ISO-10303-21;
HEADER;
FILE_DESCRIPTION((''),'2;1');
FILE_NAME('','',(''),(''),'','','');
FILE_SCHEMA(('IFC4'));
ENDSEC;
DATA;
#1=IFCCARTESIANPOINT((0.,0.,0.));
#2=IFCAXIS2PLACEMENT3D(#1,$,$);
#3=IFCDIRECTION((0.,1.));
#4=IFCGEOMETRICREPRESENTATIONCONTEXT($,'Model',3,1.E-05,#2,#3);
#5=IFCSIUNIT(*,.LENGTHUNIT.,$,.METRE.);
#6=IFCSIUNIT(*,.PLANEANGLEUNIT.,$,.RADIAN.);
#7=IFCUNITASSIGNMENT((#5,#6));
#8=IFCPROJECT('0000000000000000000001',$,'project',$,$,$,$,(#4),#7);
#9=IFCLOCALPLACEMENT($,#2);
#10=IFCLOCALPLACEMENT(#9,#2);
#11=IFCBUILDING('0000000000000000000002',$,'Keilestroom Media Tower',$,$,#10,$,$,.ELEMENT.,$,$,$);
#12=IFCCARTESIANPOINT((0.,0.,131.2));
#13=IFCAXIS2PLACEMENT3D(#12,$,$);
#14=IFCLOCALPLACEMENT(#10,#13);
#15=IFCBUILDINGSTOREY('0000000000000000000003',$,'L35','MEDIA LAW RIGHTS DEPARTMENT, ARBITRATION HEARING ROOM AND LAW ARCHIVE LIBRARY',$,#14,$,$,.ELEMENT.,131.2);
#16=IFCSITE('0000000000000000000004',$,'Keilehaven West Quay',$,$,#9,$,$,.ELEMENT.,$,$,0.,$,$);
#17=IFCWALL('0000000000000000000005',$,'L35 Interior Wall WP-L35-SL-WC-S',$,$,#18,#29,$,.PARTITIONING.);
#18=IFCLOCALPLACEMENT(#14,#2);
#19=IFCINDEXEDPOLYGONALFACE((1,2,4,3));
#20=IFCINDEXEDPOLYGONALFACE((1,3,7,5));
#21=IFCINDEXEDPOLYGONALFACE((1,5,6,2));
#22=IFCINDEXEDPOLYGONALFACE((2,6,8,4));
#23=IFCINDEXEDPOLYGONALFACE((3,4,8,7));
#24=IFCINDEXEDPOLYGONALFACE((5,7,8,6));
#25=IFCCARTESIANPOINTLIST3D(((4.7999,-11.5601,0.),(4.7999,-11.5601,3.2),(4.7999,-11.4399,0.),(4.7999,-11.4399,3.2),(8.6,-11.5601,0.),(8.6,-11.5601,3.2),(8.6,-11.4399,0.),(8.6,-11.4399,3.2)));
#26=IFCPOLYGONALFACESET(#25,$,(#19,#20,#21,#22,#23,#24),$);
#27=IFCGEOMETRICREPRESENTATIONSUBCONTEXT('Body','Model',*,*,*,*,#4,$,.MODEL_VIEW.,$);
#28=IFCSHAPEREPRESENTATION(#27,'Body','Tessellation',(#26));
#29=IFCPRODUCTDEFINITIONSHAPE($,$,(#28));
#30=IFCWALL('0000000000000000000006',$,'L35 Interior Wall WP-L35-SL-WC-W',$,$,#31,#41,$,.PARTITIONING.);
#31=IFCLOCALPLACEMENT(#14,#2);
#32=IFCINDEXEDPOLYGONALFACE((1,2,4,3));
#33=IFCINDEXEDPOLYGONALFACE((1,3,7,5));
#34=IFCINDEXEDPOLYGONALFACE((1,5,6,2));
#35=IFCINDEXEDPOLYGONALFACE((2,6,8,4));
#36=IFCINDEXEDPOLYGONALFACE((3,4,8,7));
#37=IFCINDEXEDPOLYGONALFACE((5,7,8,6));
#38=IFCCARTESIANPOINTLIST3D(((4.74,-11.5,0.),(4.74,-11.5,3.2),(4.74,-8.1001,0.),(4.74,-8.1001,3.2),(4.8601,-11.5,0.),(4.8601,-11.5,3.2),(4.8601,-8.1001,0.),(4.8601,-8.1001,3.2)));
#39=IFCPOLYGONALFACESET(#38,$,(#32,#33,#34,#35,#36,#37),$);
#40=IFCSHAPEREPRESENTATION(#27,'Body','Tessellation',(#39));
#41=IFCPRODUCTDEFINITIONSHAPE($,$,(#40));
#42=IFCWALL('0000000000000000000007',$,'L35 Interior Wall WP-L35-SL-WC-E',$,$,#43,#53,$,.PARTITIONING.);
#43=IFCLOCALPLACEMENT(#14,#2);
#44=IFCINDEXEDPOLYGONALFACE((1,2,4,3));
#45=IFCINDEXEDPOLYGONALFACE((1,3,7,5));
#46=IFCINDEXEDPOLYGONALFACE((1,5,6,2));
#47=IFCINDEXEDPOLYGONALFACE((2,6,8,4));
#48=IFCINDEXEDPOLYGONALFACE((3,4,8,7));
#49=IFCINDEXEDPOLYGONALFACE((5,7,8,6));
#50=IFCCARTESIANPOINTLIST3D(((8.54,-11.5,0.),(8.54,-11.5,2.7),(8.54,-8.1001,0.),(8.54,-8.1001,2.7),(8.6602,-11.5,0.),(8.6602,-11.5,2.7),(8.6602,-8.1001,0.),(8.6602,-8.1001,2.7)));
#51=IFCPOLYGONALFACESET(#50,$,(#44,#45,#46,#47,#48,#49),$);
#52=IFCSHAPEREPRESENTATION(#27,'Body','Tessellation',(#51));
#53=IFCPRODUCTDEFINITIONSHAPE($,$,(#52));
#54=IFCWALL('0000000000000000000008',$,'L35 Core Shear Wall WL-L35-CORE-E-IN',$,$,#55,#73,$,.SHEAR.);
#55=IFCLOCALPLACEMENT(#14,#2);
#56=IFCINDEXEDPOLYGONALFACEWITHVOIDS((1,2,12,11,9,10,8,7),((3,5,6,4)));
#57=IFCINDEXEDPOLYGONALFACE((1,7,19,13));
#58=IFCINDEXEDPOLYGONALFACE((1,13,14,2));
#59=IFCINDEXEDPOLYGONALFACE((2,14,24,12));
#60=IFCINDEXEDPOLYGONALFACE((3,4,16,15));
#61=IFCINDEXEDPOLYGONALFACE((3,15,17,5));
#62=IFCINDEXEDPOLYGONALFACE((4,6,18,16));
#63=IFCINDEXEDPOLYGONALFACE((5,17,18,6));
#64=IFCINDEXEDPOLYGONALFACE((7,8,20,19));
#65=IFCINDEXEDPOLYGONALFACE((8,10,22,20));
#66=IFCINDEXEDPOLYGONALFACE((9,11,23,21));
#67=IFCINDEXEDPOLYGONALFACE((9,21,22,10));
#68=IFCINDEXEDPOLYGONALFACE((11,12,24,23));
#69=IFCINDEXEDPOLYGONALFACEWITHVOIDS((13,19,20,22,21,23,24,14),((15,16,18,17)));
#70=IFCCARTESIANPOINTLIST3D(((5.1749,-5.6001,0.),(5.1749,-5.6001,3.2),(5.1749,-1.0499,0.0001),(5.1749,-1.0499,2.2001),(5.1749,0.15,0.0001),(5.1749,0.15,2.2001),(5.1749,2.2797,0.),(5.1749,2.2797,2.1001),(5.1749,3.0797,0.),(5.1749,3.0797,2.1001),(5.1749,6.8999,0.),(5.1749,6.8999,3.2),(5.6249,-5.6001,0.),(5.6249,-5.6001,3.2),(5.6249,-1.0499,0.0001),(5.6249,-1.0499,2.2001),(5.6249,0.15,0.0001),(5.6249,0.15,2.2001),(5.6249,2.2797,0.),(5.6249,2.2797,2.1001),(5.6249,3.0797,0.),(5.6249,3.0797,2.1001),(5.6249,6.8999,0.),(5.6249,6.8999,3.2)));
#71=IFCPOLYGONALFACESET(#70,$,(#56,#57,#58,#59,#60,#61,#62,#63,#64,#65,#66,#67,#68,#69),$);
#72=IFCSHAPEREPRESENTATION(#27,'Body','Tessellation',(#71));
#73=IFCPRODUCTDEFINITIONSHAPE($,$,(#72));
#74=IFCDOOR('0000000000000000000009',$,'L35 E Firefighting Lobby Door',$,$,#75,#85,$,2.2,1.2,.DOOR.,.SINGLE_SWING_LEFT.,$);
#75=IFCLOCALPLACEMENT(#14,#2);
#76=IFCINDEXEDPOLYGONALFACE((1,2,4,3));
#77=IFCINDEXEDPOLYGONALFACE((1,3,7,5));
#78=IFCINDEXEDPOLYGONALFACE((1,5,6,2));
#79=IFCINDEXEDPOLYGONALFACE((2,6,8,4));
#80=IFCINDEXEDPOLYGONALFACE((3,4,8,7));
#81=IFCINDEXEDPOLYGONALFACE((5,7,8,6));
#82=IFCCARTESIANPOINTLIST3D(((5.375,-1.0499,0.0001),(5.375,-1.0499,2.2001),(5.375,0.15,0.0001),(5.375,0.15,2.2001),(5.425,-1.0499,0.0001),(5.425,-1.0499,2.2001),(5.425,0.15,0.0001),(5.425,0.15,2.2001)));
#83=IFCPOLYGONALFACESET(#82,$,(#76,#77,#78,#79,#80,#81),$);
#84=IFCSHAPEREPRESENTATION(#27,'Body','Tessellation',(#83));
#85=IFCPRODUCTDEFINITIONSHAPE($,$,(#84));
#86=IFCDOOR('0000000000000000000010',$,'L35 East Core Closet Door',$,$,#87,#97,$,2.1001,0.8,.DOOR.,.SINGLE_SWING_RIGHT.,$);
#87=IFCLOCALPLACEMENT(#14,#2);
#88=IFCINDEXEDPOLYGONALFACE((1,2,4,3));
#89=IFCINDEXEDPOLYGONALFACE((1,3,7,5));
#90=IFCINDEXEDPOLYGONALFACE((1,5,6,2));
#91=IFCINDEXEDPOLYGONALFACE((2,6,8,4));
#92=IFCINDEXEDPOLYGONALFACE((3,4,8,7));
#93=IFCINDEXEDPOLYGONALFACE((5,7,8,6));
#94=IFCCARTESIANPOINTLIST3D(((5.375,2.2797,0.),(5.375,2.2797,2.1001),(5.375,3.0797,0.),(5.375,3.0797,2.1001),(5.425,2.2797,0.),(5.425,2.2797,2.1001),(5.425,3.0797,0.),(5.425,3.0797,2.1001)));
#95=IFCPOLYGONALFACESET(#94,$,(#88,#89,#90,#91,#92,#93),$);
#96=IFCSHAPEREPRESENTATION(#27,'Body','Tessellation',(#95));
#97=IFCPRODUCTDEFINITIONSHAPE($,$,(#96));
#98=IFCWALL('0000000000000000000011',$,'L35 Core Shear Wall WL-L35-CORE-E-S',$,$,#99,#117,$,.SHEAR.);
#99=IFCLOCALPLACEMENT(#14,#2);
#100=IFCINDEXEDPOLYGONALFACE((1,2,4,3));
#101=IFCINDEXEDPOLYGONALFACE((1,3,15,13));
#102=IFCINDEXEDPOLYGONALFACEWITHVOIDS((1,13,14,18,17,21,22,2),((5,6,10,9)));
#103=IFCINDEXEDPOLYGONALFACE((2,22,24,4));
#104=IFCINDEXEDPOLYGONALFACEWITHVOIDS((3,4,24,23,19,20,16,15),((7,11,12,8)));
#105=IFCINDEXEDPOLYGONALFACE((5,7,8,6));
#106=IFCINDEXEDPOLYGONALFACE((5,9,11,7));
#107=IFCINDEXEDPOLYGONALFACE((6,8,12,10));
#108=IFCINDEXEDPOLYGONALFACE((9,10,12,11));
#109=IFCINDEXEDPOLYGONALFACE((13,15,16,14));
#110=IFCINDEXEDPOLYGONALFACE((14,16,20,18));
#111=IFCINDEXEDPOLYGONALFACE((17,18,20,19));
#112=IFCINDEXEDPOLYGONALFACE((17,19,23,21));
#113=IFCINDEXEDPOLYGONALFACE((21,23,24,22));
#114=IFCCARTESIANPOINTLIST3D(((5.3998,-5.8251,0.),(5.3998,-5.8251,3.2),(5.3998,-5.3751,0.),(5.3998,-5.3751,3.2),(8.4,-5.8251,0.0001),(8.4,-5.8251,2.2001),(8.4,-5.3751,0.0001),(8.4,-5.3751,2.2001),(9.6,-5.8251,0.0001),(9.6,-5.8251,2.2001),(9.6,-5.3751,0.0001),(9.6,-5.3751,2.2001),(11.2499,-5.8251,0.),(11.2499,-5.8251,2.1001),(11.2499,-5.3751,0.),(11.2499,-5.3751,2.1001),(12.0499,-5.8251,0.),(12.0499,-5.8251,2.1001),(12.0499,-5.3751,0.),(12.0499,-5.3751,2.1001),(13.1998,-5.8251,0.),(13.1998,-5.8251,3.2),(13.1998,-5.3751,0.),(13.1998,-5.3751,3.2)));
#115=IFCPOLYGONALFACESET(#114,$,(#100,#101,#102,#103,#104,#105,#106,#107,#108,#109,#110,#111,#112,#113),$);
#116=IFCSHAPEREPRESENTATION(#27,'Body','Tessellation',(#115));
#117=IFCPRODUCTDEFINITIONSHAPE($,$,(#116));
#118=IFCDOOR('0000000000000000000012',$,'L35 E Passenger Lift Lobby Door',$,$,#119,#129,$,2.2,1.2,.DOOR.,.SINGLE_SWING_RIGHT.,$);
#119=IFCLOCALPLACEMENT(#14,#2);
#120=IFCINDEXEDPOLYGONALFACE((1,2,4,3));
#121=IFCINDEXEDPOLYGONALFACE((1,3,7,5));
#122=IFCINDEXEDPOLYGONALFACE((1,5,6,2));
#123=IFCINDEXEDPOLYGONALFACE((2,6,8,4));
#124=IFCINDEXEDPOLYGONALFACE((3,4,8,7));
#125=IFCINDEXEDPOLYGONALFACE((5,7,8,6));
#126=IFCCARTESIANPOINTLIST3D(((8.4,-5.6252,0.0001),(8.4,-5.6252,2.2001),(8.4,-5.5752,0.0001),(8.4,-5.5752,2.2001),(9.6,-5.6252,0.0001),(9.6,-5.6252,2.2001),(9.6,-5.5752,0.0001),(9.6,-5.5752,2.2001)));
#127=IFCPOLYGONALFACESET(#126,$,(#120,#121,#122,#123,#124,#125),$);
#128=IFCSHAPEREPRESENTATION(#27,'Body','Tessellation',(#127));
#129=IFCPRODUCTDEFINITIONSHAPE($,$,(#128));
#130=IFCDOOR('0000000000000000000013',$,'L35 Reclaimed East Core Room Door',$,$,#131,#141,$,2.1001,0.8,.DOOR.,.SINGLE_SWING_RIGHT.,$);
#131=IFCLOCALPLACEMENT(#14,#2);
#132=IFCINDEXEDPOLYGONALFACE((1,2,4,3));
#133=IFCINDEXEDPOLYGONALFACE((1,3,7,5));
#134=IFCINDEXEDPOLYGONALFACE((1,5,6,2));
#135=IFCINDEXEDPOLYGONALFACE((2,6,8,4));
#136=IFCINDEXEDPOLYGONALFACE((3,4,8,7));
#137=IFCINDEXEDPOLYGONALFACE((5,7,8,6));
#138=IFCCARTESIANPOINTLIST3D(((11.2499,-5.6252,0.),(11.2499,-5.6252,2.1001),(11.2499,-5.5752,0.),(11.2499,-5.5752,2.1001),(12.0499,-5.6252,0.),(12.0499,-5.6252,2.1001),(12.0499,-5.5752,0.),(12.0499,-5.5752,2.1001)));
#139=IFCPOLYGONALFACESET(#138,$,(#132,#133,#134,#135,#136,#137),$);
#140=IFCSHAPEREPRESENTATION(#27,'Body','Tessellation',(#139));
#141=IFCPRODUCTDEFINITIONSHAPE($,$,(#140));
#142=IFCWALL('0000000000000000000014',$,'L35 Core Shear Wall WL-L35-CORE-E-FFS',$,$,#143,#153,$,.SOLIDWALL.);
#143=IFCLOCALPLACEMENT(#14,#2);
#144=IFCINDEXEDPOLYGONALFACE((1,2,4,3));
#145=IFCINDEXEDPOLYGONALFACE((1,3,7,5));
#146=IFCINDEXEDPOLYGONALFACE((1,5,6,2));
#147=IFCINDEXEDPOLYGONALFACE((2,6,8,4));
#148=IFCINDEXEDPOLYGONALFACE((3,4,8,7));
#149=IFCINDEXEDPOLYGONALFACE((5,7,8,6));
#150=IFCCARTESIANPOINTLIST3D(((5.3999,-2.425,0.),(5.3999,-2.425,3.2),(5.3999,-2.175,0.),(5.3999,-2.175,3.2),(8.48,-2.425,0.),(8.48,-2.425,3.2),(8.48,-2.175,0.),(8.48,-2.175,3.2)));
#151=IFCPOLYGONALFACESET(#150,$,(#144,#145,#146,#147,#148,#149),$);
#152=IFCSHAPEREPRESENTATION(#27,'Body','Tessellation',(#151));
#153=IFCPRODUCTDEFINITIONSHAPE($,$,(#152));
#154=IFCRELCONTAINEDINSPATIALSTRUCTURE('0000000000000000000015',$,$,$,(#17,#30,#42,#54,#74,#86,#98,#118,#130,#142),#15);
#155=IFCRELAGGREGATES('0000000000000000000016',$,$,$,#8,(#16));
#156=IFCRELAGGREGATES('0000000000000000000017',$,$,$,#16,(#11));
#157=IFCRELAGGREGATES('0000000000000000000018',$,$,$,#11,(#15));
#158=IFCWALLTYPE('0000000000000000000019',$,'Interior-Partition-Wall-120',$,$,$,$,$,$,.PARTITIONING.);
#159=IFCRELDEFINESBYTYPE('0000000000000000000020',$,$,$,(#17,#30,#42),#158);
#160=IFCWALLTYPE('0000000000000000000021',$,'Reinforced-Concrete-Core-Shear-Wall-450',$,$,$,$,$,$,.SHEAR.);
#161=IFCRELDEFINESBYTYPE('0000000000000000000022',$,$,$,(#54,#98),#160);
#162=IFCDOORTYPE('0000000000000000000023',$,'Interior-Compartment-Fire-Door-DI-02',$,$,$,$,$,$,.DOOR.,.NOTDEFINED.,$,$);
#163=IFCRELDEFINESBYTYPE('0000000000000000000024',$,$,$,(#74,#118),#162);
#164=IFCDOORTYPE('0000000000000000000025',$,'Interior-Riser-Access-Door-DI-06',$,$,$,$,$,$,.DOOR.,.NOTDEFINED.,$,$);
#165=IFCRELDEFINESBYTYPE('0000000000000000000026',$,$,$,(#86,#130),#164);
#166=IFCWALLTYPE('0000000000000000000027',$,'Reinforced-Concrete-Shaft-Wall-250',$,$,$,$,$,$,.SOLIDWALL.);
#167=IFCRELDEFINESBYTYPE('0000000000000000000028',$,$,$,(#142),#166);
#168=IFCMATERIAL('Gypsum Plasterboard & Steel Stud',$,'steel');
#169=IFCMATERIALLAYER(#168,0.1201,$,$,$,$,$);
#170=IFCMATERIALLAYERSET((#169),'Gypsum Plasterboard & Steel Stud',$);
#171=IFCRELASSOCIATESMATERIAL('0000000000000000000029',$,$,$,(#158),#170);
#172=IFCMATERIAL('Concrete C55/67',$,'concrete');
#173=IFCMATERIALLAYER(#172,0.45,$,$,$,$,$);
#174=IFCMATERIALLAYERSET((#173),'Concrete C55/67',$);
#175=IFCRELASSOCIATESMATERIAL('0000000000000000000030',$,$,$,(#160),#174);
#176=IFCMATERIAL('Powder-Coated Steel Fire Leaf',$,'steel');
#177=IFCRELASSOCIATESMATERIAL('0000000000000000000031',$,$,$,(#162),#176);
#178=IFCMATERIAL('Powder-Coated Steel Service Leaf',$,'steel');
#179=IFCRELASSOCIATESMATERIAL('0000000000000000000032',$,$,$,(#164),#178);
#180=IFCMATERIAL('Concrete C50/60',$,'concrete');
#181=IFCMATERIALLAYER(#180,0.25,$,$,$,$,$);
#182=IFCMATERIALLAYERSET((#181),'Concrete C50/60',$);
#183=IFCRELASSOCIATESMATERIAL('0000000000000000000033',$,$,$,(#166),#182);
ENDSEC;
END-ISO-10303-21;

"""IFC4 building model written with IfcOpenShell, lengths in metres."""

from ifc_helpers import new_model, si_unit, direction, frame, frame_2d, origin, place, context, subcontext, project, spatial, rectangle, extrude, source, transform, mapped, material, layer, layer_set, type_object, element, fill, save


model = new_model("IFC4")

# Units and contexts
model_context = context("Model", 3, precision=1e-05, world=origin(), true_north=direction((0.0, 1.0)))
body_context = subcontext(model_context, "Body", "Model", "MODEL_VIEW")
ifc_project = project(units=[si_unit("LENGTHUNIT", "METRE"), si_unit("PLANEANGLEUNIT", "RADIAN")], contexts=[model_context])

# Site, building, storey
site_placement = place(None, origin())
site = spatial("IfcSite", under=ifc_project, at=site_placement, Name="Keilehaven West Quay", CompositionType="ELEMENT", RefElevation=0.0)
building_placement = place(site_placement, origin())
building = spatial("IfcBuilding", under=site, at=building_placement, Name="Keilestroom Media Tower", CompositionType="ELEMENT")
storey_placement = place(building_placement, frame((0.0, 0.0, 131.2)))
storey = spatial("IfcBuildingStorey", under=building, at=storey_placement, Name="L35", Description="MEDIA LAW RIGHTS DEPARTMENT, ARBITRATION HEARING ROOM AND LAW ARCHIVE LIBRARY", CompositionType="ELEMENT", Elevation=131.2)

# Shared definitions
ifc_material_1 = material(Name="Concrete C55/67", Category="concrete")

# Walls
ifc_material_2 = material(Name="Gypsum Plasterboard & Steel Stud", Category="steel")
ifc_layer_1 = layer(ifc_material_2, 0.1201)
ifc_layer_set_1 = layer_set([ifc_layer_1], Name="Gypsum Plasterboard & Steel Stud")
wall_type_1 = type_object("IfcWallType", Name="Interior-Partition-Wall-120", PredefinedType="PARTITIONING", material=ifc_layer_set_1)
wall_1_placement = place(storey_placement, frame((4.8, -11.5, 0.0), z_axis=(0.0, 0.0, 1.0), x_axis=(1.0, 0.0, 0.0)))
element("IfcWall", 1, at=wall_1_placement, inside=storey, type_object=wall_type_1, Name="L35 Interior Wall WP-L35-SL-WC-S", PredefinedType="PARTITIONING", context=body_context, shape_type="SweptSolid", body=[
    extrude(rectangle(XDim=3.8, YDim=0.1201, at=frame_2d((1.8999, 0.0))), origin(), (0.0, 0.0, 1.0), 3.2),
])
wall_2_placement = place(storey_placement, frame((4.8, -11.5, 0.0), z_axis=(0.0, 0.0, 1.0), x_axis=(0.0, 1.0, 0.0)))
element("IfcWall", 2, at=wall_2_placement, inside=storey, type_object=wall_type_1, Name="L35 Interior Wall WP-L35-SL-WC-W", PredefinedType="PARTITIONING", context=body_context, shape_type="SweptSolid", body=[
    extrude(rectangle(XDim=3.3999, YDim=0.1201, at=frame_2d((1.7, 0.0))), origin(), (0.0, 0.0, 1.0), 3.2),
])
wall_3_placement = place(storey_placement, frame((8.6001, -11.5, 0.0), z_axis=(0.0, 0.0, 1.0), x_axis=(0.0, 1.0, 0.0)))
element("IfcWall", 3, at=wall_3_placement, inside=storey, type_object=wall_type_1, Name="L35 Interior Wall WP-L35-SL-WC-E", PredefinedType="PARTITIONING", context=body_context, shape_type="SweptSolid", body=[
    extrude(rectangle(XDim=3.3999, YDim=0.1201, at=frame_2d((1.7, 0.0))), origin(), (0.0, 0.0, 1.0), 2.7),
])

# Walls, openings, doors
ifc_layer_2 = layer(ifc_material_1, 0.45)
ifc_layer_set_2 = layer_set([ifc_layer_2], Name="Concrete C55/67")
wall_type_2 = type_object("IfcWallType", Name="Reinforced-Concrete-Core-Shear-Wall-450", PredefinedType="SHEAR", material=ifc_layer_set_2)
wall_4_placement = place(storey_placement, frame((5.3999, -5.6001, 0.0), z_axis=(0.0, 0.0, 1.0), x_axis=(0.0, 1.0, 0.0)))
wall_4 = element("IfcWall", 4, at=wall_4_placement, inside=storey, type_object=wall_type_2, Name="L35 Core Shear Wall WL-L35-CORE-E-IN", PredefinedType="SHEAR", context=body_context, shape_type="SweptSolid", body=[
    extrude(rectangle(XDim=12.5, YDim=0.45, at=frame_2d((6.25, 0.0))), origin(), (0.0, 0.0, 1.0), 3.2),
])
opening_1_placement = place(wall_4_placement, frame((4.55, 0.0, 0.0)))
opening_1 = element("IfcOpeningElement", 5, at=opening_1_placement, cuts=wall_4, PredefinedType="OPENING", context=body_context, shape_type="SweptSolid", body=[
    extrude(rectangle(XDim=1.2, YDim=2.2, at=frame_2d((0.6001, 1.1001))), frame((0.0, 0.2349, 0.0), z_axis=(0.0, -1.0, 0.0), x_axis=(1.0, 0.0, 0.0)), (0.0, 0.0, 1.0), 0.47),
])
opening_2_placement = place(wall_4_placement, frame((7.8799, 0.0, 0.0)))
opening_2 = element("IfcOpeningElement", 6, at=opening_2_placement, cuts=wall_4, PredefinedType="OPENING", context=body_context, shape_type="SweptSolid", body=[
    extrude(rectangle(XDim=0.8, YDim=2.1001, at=frame_2d((0.3999, 1.05))), frame((0.0, 0.2349, 0.0), z_axis=(0.0, -1.0, 0.0), x_axis=(1.0, 0.0, 0.0)), (0.0, 0.0, 1.0), 0.47),
])
ifc_material_3 = material(Name="Powder-Coated Steel Fire Leaf", Category="steel")
door_type_1 = type_object("IfcDoorType", Name="Interior-Compartment-Fire-Door-DI-02", OperationType="NOTDEFINED", PredefinedType="DOOR", material=ifc_material_3)
shared_shape_1 = source(origin(), body_context, "Body", "SweptSolid", [
    extrude(rectangle(XDim=1.2, YDim=2.2, at=frame_2d((0.6001, 1.1001))), frame((0.0, 0.0249, 0.0), z_axis=(0.0, -1.0, 0.0), x_axis=(1.0, 0.0, 0.0)), (0.0, 0.0, 1.0), 0.05),
])
door_1_placement = place(opening_1_placement, origin())
door_1 = element("IfcDoor", 7, at=door_1_placement, inside=storey, type_object=door_type_1, Name="L35 E Firefighting Lobby Door", OperationType="SINGLE_SWING_LEFT", OverallHeight=2.2, OverallWidth=1.2, PredefinedType="DOOR", context=body_context, shape_type="MappedRepresentation", body=[
    mapped(shared_shape_1, transform((0.0, 0.0, 0.0), x_axis=(1.0, 0.0, 0.0), y_axis=(0.0, 1.0, 0.0), z_axis=(0.0, 0.0, 1.0), scale=1.0)),
])
fill(opening_1, door_1)
ifc_material_4 = material(Name="Powder-Coated Steel Service Leaf", Category="steel")
door_type_2 = type_object("IfcDoorType", Name="Interior-Riser-Access-Door-DI-06", OperationType="NOTDEFINED", PredefinedType="DOOR", material=ifc_material_4)
shared_shape_2 = source(origin(), body_context, "Body", "SweptSolid", [
    extrude(rectangle(XDim=0.8, YDim=2.1001, at=frame_2d((0.3999, 1.05))), frame((0.0, 0.0249, 0.0), z_axis=(0.0, -1.0, 0.0), x_axis=(1.0, 0.0, 0.0)), (0.0, 0.0, 1.0), 0.05),
])
door_2_placement = place(opening_2_placement, origin())
door_2 = element("IfcDoor", 8, at=door_2_placement, inside=storey, type_object=door_type_2, Name="L35 East Core Closet Door", OperationType="SINGLE_SWING_RIGHT", OverallHeight=2.1001, OverallWidth=0.8, PredefinedType="DOOR", context=body_context, shape_type="MappedRepresentation", body=[
    mapped(shared_shape_2, transform((0.0, 0.0, 0.0), x_axis=(1.0, 0.0, 0.0), y_axis=(0.0, 1.0, 0.0), z_axis=(0.0, 0.0, 1.0), scale=1.0)),
])
fill(opening_2, door_2)
wall_5_placement = place(storey_placement, frame((5.3999, -5.6001, 0.0), z_axis=(0.0, 0.0, 1.0), x_axis=(1.0, 0.0, 0.0)))
wall_5 = element("IfcWall", 9, at=wall_5_placement, inside=storey, type_object=wall_type_2, Name="L35 Core Shear Wall WL-L35-CORE-E-S", PredefinedType="SHEAR", context=body_context, shape_type="SweptSolid", body=[
    extrude(rectangle(XDim=7.8, YDim=0.45, at=frame_2d((3.8999, 0.0))), origin(), (0.0, 0.0, 1.0), 3.2),
])
opening_3_placement = place(wall_5_placement, frame((3.0, 0.0, 0.0)))
opening_3 = element("IfcOpeningElement", 10, at=opening_3_placement, cuts=wall_5, PredefinedType="OPENING", context=body_context, shape_type="SweptSolid", body=[
    extrude(rectangle(XDim=1.2, YDim=2.2, at=frame_2d((0.6001, 1.1001))), frame((0.0, 0.2349, 0.0), z_axis=(0.0, -1.0, 0.0), x_axis=(1.0, 0.0, 0.0)), (0.0, 0.0, 1.0), 0.47),
])
opening_4_placement = place(wall_5_placement, frame((5.8501, 0.0, 0.0)))
opening_4 = element("IfcOpeningElement", 11, at=opening_4_placement, cuts=wall_5, PredefinedType="OPENING", context=body_context, shape_type="SweptSolid", body=[
    extrude(rectangle(XDim=0.8, YDim=2.1001, at=frame_2d((0.3999, 1.05))), frame((0.0, 0.2349, 0.0), z_axis=(0.0, -1.0, 0.0), x_axis=(1.0, 0.0, 0.0)), (0.0, 0.0, 1.0), 0.47),
])
door_3_placement = place(opening_3_placement, origin())
door_3 = element("IfcDoor", 12, at=door_3_placement, inside=storey, type_object=door_type_1, Name="L35 E Passenger Lift Lobby Door", OperationType="SINGLE_SWING_RIGHT", OverallHeight=2.2, OverallWidth=1.2, PredefinedType="DOOR", context=body_context, shape_type="MappedRepresentation", body=[
    mapped(shared_shape_1, transform((0.0, 0.0, 0.0), x_axis=(1.0, 0.0, 0.0), y_axis=(0.0, 1.0, 0.0), z_axis=(0.0, 0.0, 1.0), scale=1.0)),
])
fill(opening_3, door_3)
door_4_placement = place(opening_4_placement, origin())
door_4 = element("IfcDoor", 13, at=door_4_placement, inside=storey, type_object=door_type_2, Name="L35 Reclaimed East Core Room Door", OperationType="SINGLE_SWING_RIGHT", OverallHeight=2.1001, OverallWidth=0.8, PredefinedType="DOOR", context=body_context, shape_type="MappedRepresentation", body=[
    mapped(shared_shape_2, transform((0.0, 0.0, 0.0), x_axis=(1.0, 0.0, 0.0), y_axis=(0.0, 1.0, 0.0), z_axis=(0.0, 0.0, 1.0), scale=1.0)),
])
fill(opening_4, door_4)

# Wall
ifc_material_5 = material(Name="Concrete C50/60", Category="concrete")
ifc_layer_3 = layer(ifc_material_5, 0.25)
ifc_layer_set_3 = layer_set([ifc_layer_3], Name="Concrete C50/60")
wall_type_3 = type_object("IfcWallType", Name="Reinforced-Concrete-Shaft-Wall-250", PredefinedType="SOLIDWALL", material=ifc_layer_set_3)
wall_6_placement = place(storey_placement, frame((5.3999, -2.3, 0.0), z_axis=(0.0, 0.0, 1.0), x_axis=(1.0, 0.0, 0.0)))
element("IfcWall", 14, at=wall_6_placement, inside=storey, type_object=wall_type_3, Name="L35 Core Shear Wall WL-L35-CORE-E-FFS", PredefinedType="SOLIDWALL", context=body_context, shape_type="SweptSolid", body=[
    extrude(rectangle(XDim=3.0801, YDim=0.25, at=frame_2d((1.54, 0.0))), origin(), (0.0, 0.0, 1.0), 3.2),
])

save(model, "model.ifc")
